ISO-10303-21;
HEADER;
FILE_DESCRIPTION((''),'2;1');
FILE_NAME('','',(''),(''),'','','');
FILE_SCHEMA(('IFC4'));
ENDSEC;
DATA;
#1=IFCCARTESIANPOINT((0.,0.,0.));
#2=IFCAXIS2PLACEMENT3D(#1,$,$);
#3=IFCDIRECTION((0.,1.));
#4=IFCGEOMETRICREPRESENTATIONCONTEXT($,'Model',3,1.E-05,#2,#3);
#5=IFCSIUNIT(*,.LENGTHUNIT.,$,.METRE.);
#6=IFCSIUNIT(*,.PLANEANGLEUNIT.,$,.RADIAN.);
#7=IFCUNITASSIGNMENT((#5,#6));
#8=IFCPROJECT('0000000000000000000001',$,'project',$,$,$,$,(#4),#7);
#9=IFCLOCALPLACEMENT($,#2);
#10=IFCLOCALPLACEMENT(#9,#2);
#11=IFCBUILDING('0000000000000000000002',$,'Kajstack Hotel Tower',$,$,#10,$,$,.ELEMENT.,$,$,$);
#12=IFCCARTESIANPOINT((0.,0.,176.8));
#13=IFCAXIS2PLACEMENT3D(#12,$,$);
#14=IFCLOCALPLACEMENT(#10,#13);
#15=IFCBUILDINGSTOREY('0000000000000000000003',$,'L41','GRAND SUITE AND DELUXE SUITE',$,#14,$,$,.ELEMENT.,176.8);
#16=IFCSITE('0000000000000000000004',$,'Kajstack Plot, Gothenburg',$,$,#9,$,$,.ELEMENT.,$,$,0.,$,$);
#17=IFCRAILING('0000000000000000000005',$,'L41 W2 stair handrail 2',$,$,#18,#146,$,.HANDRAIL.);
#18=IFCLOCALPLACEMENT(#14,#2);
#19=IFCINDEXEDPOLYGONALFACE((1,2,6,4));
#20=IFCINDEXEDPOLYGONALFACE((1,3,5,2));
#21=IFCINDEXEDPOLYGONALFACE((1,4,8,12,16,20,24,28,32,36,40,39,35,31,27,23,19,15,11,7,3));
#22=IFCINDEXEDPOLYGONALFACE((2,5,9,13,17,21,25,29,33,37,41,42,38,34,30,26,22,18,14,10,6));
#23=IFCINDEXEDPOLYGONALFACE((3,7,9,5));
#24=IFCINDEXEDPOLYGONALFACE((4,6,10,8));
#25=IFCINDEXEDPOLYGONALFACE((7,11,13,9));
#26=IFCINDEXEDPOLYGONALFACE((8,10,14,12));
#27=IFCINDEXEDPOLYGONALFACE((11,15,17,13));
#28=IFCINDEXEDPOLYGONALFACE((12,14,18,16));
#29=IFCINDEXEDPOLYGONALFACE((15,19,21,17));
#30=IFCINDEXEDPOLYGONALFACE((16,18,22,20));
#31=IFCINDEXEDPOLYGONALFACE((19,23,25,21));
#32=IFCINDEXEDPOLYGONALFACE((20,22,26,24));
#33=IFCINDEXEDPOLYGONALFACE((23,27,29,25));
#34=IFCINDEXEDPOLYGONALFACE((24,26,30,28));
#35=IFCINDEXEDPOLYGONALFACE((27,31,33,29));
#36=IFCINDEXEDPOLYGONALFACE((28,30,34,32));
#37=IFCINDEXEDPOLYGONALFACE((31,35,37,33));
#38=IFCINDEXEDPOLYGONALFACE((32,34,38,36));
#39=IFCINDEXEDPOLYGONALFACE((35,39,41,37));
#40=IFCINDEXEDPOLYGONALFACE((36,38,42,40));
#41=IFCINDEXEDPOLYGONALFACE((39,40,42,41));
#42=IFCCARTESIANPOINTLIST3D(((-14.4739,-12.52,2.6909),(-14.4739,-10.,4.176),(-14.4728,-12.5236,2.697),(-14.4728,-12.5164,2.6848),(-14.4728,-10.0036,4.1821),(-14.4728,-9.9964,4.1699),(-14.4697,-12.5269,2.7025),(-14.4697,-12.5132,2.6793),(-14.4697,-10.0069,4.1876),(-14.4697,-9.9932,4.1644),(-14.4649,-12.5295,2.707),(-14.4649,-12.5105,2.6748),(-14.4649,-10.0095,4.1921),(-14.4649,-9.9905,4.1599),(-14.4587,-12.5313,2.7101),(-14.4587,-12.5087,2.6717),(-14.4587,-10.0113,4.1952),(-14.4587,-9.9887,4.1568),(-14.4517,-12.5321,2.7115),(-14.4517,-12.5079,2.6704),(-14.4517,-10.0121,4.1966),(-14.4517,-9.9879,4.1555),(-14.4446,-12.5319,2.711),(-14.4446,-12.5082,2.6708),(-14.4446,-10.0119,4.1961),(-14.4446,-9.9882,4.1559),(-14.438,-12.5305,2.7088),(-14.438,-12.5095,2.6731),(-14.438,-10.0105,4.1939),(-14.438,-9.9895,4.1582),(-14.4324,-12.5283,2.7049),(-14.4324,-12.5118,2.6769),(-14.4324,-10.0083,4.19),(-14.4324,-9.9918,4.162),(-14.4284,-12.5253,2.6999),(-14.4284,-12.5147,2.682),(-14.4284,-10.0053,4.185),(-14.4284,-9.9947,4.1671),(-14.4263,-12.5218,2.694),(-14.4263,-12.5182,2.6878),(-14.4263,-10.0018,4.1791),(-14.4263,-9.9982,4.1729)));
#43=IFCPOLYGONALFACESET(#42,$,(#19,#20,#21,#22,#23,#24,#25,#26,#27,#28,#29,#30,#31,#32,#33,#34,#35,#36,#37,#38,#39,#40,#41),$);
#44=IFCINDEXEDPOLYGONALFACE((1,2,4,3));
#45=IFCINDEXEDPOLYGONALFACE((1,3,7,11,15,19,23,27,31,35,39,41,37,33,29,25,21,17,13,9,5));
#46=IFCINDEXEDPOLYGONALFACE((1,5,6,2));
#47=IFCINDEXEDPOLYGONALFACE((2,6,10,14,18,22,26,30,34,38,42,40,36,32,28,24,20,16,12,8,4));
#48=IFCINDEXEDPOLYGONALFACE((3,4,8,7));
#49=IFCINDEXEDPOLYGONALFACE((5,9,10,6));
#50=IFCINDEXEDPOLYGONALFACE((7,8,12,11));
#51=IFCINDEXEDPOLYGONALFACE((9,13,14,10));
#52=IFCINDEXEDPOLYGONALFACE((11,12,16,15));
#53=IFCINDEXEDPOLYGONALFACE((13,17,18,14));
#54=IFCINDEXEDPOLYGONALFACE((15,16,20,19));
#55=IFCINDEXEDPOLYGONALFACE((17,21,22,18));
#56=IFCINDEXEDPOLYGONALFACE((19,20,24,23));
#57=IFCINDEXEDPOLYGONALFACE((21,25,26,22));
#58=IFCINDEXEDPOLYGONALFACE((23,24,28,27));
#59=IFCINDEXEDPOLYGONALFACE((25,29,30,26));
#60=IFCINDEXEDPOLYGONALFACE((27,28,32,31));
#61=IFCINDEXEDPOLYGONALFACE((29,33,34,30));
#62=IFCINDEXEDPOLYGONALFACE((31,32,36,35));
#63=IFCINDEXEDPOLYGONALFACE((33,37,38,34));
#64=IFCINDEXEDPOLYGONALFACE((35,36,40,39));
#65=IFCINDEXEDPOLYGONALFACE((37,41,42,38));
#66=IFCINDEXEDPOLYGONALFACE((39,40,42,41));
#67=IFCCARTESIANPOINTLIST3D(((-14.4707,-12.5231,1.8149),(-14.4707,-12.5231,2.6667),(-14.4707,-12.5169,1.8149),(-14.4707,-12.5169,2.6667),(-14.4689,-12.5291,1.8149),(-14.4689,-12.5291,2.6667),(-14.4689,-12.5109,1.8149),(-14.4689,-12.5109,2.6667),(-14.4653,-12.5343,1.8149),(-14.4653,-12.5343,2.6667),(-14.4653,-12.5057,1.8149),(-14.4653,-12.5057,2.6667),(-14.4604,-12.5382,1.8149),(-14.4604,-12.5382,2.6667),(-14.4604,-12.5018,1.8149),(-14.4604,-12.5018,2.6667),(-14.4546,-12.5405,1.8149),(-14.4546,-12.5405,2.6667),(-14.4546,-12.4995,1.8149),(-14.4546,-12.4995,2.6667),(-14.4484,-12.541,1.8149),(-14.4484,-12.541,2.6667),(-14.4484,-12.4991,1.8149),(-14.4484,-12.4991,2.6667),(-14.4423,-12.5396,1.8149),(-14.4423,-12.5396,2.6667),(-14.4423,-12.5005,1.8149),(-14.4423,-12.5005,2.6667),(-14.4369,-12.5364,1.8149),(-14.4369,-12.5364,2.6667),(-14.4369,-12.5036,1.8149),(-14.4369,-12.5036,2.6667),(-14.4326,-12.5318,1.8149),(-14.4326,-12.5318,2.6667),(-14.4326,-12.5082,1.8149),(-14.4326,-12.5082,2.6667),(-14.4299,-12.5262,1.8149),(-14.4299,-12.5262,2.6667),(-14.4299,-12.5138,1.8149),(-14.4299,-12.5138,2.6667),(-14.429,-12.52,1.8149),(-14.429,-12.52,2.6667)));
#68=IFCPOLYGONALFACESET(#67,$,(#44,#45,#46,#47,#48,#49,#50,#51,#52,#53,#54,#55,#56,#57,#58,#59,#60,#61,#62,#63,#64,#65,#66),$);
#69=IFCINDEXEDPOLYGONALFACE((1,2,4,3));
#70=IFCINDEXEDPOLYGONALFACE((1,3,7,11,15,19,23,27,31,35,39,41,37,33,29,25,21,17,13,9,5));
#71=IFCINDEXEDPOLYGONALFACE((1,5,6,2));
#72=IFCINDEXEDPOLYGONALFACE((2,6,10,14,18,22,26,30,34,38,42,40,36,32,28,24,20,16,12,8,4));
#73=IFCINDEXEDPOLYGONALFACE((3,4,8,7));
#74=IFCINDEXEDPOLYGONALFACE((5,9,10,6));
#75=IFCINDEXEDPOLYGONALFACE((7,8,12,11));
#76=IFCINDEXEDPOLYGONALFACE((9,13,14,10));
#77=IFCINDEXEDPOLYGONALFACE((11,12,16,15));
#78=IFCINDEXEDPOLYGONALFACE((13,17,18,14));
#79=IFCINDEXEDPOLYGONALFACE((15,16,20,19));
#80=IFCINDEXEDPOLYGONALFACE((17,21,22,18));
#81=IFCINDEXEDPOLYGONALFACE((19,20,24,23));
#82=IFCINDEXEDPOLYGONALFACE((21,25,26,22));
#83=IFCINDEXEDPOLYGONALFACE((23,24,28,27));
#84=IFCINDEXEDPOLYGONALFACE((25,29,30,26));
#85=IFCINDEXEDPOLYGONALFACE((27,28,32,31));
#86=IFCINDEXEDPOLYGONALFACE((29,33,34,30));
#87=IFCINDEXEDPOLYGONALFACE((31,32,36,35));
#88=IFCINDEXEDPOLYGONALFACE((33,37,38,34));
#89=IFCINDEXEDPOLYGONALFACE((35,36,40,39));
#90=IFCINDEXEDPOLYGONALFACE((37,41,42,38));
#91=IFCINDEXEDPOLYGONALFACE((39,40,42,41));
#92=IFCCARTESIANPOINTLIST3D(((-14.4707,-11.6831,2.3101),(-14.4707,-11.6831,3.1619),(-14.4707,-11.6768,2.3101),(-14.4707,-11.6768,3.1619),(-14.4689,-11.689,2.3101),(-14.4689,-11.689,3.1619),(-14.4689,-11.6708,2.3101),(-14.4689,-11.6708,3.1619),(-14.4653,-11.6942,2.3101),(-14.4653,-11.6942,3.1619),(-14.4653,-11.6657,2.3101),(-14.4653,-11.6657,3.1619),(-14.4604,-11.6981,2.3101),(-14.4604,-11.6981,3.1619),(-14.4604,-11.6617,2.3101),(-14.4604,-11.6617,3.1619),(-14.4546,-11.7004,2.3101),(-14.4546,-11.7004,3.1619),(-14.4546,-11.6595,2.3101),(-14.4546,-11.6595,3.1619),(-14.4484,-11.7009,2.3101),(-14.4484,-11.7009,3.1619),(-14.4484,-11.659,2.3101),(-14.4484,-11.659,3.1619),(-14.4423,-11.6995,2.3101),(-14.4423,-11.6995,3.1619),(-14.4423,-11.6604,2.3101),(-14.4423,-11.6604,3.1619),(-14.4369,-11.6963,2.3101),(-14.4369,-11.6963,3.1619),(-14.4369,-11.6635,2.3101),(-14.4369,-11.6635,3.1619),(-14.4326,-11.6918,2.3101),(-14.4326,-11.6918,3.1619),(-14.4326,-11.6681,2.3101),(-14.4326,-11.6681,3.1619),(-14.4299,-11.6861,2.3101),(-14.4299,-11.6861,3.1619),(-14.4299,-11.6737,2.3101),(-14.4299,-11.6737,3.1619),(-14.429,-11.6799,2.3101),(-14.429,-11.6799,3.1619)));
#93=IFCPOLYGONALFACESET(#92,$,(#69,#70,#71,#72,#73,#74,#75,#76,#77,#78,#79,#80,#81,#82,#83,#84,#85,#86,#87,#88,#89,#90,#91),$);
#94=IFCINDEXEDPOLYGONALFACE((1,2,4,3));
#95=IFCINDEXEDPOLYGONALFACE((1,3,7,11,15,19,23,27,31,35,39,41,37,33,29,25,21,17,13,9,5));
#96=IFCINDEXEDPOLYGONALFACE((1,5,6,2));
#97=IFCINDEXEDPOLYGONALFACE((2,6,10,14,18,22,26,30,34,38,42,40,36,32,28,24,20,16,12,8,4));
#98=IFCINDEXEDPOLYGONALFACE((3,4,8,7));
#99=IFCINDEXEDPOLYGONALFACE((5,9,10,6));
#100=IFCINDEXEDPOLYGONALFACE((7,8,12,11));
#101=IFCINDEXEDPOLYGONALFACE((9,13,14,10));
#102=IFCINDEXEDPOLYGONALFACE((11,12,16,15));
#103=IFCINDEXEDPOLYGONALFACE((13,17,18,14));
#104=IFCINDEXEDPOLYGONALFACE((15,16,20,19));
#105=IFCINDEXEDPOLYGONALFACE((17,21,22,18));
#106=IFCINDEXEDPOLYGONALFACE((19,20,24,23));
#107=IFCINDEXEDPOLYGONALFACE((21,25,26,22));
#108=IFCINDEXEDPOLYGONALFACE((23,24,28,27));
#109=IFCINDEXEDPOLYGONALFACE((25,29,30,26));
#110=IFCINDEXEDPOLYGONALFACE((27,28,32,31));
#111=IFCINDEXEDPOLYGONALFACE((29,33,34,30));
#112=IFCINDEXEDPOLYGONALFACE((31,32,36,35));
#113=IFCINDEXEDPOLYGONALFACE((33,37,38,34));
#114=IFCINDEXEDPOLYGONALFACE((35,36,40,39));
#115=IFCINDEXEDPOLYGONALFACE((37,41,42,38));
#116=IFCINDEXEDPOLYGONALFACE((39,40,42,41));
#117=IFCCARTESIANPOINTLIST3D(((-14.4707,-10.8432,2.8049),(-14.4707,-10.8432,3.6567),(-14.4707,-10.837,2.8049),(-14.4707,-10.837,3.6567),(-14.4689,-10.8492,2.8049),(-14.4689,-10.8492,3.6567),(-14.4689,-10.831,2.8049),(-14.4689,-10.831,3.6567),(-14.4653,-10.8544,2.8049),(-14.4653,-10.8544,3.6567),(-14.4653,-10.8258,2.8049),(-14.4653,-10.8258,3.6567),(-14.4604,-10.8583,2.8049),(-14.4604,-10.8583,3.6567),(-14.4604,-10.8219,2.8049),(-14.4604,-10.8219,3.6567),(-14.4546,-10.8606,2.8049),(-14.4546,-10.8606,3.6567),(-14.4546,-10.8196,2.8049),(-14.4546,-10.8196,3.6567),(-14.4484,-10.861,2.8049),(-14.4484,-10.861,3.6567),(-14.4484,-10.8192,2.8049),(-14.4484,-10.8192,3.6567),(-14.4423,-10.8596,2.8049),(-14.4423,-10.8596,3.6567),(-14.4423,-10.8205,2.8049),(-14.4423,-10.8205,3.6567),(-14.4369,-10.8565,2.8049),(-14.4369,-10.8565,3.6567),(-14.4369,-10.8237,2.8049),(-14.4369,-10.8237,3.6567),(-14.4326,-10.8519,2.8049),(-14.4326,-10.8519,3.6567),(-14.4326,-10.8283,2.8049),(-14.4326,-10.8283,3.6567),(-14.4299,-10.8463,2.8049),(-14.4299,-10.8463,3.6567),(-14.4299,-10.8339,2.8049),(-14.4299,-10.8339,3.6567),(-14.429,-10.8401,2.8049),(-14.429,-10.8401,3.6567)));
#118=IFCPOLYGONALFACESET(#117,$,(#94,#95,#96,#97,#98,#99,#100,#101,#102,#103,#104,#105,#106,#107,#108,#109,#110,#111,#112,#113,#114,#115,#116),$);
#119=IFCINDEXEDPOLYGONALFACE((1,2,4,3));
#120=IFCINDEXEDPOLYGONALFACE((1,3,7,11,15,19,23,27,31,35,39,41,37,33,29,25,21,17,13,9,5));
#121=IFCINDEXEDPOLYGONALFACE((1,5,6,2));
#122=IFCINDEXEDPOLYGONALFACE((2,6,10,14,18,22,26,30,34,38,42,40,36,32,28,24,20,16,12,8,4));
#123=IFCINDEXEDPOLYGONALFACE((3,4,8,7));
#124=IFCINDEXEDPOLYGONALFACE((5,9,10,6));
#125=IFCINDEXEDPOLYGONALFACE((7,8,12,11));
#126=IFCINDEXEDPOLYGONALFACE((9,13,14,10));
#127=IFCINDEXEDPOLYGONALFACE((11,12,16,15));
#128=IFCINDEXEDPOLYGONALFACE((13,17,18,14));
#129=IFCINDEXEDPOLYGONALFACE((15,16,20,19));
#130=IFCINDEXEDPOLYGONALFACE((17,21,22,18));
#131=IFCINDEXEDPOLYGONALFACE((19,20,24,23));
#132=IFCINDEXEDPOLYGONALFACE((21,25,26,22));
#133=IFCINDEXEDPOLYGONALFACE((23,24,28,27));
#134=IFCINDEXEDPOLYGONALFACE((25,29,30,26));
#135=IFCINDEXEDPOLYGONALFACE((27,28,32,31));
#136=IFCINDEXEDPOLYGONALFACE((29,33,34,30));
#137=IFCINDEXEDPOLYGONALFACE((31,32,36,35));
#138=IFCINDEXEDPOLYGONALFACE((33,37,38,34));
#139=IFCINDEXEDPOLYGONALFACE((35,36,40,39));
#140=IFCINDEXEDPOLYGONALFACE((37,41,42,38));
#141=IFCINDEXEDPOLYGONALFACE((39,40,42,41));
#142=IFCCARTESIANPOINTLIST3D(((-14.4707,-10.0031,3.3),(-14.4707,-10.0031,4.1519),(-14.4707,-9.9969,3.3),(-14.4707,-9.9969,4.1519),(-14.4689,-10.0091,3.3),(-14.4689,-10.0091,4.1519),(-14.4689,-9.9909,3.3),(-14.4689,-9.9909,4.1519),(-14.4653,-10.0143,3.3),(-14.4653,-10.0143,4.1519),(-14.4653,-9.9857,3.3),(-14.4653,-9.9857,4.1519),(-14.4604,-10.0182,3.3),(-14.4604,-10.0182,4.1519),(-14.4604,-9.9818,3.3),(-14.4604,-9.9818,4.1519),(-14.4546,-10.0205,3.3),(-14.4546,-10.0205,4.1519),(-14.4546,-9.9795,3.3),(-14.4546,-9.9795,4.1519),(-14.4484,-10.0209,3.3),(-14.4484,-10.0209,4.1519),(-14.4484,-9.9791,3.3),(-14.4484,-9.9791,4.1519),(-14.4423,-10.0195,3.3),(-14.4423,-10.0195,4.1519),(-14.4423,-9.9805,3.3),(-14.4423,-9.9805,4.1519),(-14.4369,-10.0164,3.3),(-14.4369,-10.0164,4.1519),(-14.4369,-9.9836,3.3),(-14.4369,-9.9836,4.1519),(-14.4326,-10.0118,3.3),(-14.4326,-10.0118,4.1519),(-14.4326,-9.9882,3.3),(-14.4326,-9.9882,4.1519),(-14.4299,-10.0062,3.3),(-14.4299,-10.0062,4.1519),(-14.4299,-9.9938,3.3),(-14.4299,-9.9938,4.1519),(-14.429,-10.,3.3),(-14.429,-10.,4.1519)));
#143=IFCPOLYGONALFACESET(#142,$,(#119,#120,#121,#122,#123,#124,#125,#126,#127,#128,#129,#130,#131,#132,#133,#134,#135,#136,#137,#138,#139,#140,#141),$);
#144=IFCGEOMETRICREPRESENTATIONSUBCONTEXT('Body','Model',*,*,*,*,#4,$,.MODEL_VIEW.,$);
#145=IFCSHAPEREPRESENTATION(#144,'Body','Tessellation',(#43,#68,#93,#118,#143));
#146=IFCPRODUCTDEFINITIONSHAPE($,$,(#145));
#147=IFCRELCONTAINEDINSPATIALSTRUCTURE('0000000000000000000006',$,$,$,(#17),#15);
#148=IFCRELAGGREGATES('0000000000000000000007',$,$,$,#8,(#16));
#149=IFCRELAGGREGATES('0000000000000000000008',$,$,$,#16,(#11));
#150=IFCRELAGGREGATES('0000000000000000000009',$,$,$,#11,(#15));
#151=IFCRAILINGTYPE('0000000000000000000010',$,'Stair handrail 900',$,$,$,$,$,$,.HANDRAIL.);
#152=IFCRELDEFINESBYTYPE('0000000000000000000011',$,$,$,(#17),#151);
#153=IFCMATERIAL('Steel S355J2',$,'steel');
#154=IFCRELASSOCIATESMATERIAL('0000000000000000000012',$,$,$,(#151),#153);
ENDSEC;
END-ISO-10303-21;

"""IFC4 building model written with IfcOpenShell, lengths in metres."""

from ifc_helpers import new_model, si_unit, direction, frame, origin, origin_2d, place, context, subcontext, project, spatial, circle, extrude, material, type_object, element, save


model = new_model("IFC4")

# Units and contexts
model_context = context("Model", 3, precision=1e-05, world=origin(), true_north=direction((0.0, 1.0)))
body_context = subcontext(model_context, "Body", "Model", "MODEL_VIEW")
ifc_project = project(units=[si_unit("LENGTHUNIT", "METRE"), si_unit("PLANEANGLEUNIT", "RADIAN")], contexts=[model_context])

# Site, building, storey
site_placement = place(None, origin())
site = spatial("IfcSite", under=ifc_project, at=site_placement, Name="Kajstack Plot, Gothenburg", CompositionType="ELEMENT", RefElevation=0.0)
building_placement = place(site_placement, origin())
building = spatial("IfcBuilding", under=site, at=building_placement, Name="Kajstack Hotel Tower", CompositionType="ELEMENT")
storey_placement = place(building_placement, frame((0.0, 0.0, 176.8)))
storey = spatial("IfcBuildingStorey", under=building, at=storey_placement, Name="L41", Description="GRAND SUITE AND DELUXE SUITE", CompositionType="ELEMENT", Elevation=176.8)

# Railing
ifc_material_1 = material(Name="Steel S355J2", Category="steel")
railing_type_1 = type_object("IfcRailingType", Name="Stair handrail 900", PredefinedType="HANDRAIL", material=ifc_material_1)
railing_1_placement = place(storey_placement, frame((-14.45, -12.52, 1.8149)))
element("IfcRailing", 1, at=railing_1_placement, inside=storey, type_object=railing_type_1, Name="L41 W2 stair handrail 2", PredefinedType="HANDRAIL", context=body_context, shape_type="SweptSolid", body=[
    extrude(circle(Radius=0.0239, at=origin_2d()), frame((0.0, 0.0, 0.876), z_axis=(0.0, 0.861524, 0.507717), x_axis=(-1.0, 0.0, 0.0)), (0.0, 0.0, 1.0), 2.925),
    extrude(circle(Radius=0.021, at=origin_2d()), origin(), (0.0, 0.0, 1.0), 0.8518),
    extrude(circle(Radius=0.021, at=origin_2d()), frame((0.0, 0.8401, 0.4951)), (0.0, 0.0, 1.0), 0.8518),
    extrude(circle(Radius=0.021, at=origin_2d()), frame((0.0, 1.6799, 0.99)), (0.0, 0.0, 1.0), 0.8518),
    extrude(circle(Radius=0.021, at=origin_2d()), frame((0.0, 2.52, 1.4851)), (0.0, 0.0, 1.0), 0.8518),
])

save(model, "model.ifc")
